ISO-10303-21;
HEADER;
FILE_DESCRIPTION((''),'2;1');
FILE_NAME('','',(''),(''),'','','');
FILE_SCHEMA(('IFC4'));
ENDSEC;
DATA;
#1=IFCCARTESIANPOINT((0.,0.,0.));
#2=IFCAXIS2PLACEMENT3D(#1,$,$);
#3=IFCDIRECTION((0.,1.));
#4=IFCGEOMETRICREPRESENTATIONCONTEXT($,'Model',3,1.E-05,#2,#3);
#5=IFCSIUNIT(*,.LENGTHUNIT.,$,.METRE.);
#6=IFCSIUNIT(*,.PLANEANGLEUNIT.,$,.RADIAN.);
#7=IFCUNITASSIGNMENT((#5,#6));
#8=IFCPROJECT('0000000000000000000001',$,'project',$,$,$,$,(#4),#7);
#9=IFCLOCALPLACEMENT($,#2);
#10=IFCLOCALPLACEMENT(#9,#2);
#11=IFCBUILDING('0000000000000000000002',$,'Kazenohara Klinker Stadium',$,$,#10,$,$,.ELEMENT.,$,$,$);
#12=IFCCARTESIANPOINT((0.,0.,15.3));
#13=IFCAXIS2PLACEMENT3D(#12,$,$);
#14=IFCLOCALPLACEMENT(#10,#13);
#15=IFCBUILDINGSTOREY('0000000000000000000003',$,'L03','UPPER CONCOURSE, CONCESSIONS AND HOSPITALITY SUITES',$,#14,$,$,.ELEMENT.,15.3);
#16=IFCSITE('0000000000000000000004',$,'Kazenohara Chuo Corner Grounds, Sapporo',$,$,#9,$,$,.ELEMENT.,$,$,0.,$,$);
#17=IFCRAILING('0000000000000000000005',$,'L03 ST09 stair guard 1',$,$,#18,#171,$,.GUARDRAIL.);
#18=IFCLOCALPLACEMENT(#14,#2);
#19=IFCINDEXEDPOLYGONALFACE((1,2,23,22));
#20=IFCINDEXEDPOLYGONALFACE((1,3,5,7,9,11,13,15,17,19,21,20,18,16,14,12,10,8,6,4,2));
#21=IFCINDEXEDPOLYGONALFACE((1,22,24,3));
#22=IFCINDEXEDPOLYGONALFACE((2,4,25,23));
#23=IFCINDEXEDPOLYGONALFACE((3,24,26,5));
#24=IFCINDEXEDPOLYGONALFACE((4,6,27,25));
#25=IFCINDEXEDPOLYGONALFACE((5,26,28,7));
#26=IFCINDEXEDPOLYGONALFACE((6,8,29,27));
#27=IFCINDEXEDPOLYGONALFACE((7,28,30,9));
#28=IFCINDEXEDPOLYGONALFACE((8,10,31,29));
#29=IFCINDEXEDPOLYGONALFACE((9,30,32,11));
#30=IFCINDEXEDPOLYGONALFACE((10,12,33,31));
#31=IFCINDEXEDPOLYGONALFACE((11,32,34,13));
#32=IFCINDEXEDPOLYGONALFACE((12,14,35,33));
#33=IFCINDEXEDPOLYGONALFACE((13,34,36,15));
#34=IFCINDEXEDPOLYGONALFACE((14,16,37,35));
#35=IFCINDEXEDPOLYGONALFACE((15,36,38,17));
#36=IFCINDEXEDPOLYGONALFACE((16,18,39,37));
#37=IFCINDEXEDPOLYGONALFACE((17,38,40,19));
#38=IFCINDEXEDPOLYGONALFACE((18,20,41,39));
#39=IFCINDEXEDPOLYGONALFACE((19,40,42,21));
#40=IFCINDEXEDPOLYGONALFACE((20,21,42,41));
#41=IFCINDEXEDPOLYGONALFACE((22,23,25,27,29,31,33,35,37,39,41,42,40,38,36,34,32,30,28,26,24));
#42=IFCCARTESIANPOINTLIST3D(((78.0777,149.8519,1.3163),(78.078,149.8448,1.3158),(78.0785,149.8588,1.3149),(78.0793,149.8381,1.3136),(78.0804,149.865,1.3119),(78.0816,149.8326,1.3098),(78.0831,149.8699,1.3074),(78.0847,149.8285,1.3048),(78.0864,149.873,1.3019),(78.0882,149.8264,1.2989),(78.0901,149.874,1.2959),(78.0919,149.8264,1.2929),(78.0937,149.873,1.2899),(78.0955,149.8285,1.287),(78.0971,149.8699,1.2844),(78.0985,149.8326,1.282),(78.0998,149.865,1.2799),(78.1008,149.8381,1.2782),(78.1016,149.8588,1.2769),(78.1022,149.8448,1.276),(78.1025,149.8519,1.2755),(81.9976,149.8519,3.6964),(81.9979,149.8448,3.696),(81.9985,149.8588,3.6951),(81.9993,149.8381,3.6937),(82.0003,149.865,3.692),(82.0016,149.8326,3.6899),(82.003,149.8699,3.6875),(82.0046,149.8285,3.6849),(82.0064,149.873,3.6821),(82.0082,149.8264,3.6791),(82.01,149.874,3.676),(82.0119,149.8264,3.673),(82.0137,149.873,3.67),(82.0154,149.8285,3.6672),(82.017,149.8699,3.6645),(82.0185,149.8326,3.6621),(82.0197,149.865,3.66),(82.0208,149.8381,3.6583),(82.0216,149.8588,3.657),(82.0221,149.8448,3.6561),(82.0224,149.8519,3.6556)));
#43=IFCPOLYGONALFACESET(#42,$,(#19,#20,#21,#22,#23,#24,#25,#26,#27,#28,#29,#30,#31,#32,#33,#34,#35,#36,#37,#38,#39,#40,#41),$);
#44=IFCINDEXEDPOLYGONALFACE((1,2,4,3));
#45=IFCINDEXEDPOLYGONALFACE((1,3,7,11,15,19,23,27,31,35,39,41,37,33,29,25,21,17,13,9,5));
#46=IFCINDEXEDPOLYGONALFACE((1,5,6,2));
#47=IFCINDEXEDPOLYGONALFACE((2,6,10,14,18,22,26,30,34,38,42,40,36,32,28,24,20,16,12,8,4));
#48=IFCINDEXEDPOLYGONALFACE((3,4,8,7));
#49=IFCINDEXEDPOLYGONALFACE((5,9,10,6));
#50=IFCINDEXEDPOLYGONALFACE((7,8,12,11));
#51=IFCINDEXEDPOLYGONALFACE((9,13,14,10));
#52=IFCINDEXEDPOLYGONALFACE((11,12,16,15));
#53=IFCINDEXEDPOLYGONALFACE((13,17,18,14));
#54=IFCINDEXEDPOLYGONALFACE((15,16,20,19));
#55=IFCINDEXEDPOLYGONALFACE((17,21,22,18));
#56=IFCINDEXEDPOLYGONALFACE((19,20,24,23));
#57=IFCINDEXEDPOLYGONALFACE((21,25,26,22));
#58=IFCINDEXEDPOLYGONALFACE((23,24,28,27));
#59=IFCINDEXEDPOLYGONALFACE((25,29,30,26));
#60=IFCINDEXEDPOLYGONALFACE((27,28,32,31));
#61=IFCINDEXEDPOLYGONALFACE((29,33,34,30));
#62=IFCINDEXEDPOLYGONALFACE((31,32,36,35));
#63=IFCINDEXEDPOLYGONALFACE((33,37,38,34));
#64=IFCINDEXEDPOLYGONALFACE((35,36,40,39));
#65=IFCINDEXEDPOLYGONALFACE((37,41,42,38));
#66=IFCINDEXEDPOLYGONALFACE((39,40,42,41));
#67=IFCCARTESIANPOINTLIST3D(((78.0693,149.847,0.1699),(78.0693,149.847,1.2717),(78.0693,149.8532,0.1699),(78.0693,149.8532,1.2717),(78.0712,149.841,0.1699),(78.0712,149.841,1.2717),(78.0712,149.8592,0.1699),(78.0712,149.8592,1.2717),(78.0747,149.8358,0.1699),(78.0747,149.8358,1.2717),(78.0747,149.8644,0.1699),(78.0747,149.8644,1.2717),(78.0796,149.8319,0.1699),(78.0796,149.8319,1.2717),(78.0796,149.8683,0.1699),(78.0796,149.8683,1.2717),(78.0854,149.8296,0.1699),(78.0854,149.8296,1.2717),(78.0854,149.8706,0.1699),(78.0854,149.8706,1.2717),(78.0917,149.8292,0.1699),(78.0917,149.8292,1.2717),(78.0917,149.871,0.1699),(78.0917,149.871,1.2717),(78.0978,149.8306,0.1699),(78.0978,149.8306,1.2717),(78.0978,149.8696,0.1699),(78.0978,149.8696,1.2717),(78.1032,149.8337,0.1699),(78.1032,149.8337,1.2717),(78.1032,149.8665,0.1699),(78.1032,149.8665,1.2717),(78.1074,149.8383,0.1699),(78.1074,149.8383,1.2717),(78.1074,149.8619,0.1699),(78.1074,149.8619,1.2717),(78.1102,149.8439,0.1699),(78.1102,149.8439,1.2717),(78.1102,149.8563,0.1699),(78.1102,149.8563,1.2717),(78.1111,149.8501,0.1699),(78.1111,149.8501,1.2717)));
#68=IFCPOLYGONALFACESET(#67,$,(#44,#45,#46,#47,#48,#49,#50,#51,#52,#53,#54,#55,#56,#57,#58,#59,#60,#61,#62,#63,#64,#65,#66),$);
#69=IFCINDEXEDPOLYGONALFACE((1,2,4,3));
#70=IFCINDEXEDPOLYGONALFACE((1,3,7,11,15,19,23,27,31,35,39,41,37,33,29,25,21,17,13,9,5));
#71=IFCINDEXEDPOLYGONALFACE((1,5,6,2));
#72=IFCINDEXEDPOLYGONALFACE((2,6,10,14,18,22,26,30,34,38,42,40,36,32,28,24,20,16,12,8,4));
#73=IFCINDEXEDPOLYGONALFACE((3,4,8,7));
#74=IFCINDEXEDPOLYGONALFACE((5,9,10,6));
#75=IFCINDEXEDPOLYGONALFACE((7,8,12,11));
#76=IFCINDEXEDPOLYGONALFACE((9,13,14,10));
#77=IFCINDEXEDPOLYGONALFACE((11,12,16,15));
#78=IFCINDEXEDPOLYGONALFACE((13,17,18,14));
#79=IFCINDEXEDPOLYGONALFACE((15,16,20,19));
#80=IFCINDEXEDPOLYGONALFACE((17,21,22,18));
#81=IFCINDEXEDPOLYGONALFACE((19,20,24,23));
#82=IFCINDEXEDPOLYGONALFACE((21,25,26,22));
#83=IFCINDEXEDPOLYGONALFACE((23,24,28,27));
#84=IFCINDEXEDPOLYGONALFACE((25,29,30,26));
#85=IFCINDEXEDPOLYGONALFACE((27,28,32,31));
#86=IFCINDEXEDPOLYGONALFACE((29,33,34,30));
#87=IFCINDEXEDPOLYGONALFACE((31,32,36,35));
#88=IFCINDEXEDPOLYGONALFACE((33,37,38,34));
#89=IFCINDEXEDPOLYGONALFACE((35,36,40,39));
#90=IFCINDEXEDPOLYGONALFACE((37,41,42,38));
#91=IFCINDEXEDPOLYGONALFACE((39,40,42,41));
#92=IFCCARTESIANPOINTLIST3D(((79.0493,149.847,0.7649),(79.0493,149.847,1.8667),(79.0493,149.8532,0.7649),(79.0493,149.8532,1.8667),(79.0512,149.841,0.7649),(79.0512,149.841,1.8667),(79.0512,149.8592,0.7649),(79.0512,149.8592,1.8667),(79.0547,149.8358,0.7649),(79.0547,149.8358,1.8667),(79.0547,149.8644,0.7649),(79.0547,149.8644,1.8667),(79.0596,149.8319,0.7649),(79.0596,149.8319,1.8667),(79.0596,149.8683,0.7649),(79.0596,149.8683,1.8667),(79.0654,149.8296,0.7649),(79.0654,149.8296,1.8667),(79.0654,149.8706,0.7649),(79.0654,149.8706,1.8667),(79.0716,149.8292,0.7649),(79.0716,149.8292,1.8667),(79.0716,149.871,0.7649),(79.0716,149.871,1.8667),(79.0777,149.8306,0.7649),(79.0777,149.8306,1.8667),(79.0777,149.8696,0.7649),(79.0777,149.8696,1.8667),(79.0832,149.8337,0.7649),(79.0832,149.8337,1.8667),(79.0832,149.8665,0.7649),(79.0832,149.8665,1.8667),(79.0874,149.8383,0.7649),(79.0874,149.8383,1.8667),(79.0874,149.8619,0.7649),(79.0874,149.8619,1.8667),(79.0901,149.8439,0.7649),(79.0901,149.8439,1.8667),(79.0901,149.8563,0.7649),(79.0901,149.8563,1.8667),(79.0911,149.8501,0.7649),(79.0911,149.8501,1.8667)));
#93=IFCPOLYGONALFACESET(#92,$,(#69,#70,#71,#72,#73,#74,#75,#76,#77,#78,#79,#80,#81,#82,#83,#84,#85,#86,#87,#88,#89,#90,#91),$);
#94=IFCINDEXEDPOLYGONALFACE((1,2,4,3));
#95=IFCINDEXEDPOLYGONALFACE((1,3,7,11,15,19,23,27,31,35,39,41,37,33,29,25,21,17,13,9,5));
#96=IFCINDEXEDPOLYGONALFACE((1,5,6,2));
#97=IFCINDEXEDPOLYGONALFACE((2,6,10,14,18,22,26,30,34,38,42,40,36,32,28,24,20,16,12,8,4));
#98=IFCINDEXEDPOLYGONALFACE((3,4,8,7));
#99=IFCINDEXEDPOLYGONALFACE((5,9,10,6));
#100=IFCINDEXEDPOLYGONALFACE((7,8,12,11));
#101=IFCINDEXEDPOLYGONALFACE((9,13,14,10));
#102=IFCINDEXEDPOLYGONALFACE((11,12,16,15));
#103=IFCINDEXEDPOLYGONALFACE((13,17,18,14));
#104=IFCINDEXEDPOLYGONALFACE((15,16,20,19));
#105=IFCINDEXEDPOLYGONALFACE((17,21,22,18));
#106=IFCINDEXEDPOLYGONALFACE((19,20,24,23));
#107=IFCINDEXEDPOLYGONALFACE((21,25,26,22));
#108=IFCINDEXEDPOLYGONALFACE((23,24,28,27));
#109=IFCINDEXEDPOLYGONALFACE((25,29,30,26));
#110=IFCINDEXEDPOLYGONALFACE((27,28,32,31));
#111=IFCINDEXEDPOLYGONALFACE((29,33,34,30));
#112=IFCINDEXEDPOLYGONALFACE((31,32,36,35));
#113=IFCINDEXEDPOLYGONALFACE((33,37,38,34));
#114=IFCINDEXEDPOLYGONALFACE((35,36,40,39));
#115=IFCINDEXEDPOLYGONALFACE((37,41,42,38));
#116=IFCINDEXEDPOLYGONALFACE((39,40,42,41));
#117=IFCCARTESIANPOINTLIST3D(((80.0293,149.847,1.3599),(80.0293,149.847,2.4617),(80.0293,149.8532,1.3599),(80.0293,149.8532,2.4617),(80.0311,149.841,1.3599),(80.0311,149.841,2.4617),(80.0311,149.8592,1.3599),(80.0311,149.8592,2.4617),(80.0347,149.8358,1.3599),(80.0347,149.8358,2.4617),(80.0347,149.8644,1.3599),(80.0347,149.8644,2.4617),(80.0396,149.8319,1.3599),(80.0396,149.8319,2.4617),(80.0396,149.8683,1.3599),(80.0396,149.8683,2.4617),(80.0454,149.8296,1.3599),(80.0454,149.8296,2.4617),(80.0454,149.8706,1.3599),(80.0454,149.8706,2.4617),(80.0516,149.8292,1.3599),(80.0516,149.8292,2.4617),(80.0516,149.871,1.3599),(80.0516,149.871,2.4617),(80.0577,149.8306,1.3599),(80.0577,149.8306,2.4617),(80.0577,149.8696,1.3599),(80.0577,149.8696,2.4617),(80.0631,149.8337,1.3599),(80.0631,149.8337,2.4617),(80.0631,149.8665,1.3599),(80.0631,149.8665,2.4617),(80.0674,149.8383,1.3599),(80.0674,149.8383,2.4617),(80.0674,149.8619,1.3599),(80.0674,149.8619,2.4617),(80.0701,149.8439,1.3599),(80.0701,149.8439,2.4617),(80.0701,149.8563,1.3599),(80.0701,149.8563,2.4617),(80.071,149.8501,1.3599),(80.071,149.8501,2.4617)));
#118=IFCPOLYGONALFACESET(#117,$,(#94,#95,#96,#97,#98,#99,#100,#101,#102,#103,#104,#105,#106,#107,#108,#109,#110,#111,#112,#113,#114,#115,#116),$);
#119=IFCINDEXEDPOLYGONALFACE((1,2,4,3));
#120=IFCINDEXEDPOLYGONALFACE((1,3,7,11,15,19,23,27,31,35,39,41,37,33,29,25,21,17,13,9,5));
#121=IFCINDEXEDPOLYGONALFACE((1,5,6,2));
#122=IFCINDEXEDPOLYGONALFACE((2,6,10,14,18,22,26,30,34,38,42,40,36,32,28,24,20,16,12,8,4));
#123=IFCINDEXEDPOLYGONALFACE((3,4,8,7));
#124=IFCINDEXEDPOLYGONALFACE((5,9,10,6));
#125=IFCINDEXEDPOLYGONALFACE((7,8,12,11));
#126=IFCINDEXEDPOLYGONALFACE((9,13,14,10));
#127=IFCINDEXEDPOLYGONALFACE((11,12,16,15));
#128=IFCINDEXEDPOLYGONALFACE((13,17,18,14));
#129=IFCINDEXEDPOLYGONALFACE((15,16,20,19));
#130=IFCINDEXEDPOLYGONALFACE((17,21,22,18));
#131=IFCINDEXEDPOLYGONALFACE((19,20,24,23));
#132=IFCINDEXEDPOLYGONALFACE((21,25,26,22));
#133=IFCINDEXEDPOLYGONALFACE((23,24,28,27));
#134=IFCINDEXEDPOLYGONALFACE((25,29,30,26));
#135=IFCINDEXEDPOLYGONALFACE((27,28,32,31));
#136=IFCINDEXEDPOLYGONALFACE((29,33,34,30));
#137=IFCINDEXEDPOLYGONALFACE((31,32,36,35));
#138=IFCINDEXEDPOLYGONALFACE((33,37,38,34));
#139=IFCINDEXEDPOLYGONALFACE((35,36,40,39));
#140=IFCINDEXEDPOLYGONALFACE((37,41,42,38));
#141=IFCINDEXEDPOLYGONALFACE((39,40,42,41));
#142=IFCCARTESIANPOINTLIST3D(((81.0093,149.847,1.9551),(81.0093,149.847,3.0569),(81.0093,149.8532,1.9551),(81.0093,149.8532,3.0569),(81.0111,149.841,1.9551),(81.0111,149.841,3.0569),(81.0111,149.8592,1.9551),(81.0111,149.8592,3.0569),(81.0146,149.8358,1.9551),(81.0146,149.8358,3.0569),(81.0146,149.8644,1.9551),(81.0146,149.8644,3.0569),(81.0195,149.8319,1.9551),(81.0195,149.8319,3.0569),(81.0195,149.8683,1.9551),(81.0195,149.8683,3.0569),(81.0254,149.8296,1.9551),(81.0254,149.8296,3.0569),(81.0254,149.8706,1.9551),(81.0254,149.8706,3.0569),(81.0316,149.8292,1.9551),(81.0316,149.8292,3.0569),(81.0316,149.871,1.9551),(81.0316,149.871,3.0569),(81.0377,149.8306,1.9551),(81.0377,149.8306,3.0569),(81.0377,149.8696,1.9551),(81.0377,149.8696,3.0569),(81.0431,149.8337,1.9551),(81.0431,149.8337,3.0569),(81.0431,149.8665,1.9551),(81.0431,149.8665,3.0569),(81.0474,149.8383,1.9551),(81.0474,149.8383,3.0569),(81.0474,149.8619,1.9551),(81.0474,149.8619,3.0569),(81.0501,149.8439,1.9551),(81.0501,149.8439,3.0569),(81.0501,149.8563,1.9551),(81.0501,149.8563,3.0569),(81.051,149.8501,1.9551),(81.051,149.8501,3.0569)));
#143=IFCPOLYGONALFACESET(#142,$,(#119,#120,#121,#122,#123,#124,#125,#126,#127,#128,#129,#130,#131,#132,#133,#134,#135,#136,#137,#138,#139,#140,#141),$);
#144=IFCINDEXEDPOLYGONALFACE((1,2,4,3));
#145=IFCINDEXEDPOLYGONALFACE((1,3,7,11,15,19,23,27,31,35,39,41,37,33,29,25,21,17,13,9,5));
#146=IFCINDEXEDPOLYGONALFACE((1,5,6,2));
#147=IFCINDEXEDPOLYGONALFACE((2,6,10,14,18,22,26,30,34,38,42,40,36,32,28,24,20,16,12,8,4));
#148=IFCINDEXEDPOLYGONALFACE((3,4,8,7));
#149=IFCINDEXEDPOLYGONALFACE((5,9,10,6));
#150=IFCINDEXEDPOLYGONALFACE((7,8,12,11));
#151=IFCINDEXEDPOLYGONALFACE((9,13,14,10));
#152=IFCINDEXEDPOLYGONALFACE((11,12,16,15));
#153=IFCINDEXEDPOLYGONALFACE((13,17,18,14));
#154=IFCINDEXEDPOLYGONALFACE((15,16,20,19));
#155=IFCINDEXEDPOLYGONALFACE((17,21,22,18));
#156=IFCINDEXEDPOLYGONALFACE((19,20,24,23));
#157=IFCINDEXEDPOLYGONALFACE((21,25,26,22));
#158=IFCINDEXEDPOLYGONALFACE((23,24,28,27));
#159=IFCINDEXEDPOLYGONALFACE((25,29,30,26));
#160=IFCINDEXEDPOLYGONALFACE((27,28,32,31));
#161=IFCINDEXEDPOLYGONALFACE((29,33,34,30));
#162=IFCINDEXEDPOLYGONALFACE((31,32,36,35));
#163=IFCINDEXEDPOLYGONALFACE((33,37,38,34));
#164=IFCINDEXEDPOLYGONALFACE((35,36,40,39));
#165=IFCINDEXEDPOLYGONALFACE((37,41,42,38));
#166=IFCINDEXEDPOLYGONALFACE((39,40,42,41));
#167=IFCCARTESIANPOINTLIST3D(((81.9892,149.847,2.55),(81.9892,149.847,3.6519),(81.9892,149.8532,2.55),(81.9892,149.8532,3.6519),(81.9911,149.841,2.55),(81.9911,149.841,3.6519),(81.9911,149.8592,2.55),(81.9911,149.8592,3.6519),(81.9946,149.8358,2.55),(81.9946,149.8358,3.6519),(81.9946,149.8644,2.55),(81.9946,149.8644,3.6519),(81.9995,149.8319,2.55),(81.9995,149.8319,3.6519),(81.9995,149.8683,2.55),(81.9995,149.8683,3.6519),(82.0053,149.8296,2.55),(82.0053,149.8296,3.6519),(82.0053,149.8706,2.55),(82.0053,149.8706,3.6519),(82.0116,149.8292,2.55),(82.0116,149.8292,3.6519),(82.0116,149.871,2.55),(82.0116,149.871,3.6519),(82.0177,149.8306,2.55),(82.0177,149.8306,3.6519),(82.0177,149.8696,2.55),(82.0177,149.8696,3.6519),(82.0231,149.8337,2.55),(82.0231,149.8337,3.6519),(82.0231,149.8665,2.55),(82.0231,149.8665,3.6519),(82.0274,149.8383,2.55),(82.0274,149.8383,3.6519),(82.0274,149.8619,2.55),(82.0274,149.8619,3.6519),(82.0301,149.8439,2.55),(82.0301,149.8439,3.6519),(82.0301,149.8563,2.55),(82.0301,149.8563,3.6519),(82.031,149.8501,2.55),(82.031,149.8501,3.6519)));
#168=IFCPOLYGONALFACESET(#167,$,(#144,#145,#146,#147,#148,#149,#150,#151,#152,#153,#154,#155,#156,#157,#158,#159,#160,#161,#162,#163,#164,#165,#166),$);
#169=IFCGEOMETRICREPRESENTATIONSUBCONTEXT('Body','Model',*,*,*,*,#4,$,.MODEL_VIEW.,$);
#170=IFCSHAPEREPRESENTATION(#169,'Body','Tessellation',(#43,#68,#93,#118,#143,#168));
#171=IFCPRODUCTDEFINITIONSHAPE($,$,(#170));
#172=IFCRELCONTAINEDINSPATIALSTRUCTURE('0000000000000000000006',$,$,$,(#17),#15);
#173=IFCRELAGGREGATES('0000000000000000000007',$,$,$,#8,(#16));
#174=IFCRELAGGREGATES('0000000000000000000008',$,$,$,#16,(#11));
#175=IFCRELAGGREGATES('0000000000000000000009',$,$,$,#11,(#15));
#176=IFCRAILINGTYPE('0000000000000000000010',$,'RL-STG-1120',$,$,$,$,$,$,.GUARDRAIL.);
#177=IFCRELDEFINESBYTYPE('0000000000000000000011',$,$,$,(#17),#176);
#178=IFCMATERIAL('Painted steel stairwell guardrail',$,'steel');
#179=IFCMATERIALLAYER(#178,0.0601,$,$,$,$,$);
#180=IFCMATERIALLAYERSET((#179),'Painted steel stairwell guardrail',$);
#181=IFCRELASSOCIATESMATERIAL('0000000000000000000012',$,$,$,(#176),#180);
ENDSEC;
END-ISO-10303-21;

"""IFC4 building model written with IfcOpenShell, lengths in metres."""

from ifc_helpers import new_model, si_unit, direction, frame, origin, origin_2d, place, context, subcontext, project, spatial, circle, extrude, material, layer, layer_set, type_object, element, save


model = new_model("IFC4")

# Units and contexts
model_context = context("Model", 3, precision=1e-05, world=origin(), true_north=direction((0.0, 1.0)))
body_context = subcontext(model_context, "Body", "Model", "MODEL_VIEW")
ifc_project = project(units=[si_unit("LENGTHUNIT", "METRE"), si_unit("PLANEANGLEUNIT", "RADIAN")], contexts=[model_context])

# Site, building, storey
site_placement = place(None, origin())
site = spatial("IfcSite", under=ifc_project, at=site_placement, Name="Kazenohara Chuo Corner Grounds, Sapporo", CompositionType="ELEMENT", RefElevation=0.0)
building_placement = place(site_placement, origin())
building = spatial("IfcBuilding", under=site, at=building_placement, Name="Kazenohara Klinker Stadium", CompositionType="ELEMENT")
storey_placement = place(building_placement, frame((0.0, 0.0, 15.3)))
storey = spatial("IfcBuildingStorey", under=building, at=storey_placement, Name="L03", Description="UPPER CONCOURSE, CONCESSIONS AND HOSPITALITY SUITES", CompositionType="ELEMENT", Elevation=15.3)

# Railing
ifc_material_1 = material(Name="Painted steel stairwell guardrail", Category="steel")
ifc_layer_1 = layer(ifc_material_1, 0.0601)
ifc_layer_set_1 = layer_set([ifc_layer_1], Name="Painted steel stairwell guardrail")
railing_type_1 = type_object("IfcRailingType", Name="RL-STG-1120", PredefinedType="GUARDRAIL", material=ifc_layer_set_1)
railing_1_placement = place(storey_placement, frame((78.0901, 149.8501, 0.1699)))
element("IfcRailing", 1, at=railing_1_placement, inside=storey, type_object=railing_type_1, Name="L03 ST09 stair guard 1", PredefinedType="GUARDRAIL", context=body_context, shape_type="SweptSolid", body=[
    extrude(circle(Radius=0.0239, at=origin_2d()), frame((0.0, 0.0, 1.126), z_axis=(0.854771, 0.0, 0.519006), x_axis=(0.0, 1.0, 0.0)), (0.0, 0.0, 1.0), 4.5859),
    extrude(circle(Radius=0.021, at=origin_2d()), origin(), (0.0, 0.0, 1.0), 1.1018),
    extrude(circle(Radius=0.021, at=origin_2d()), frame((0.98, 0.0, 0.595)), (0.0, 0.0, 1.0), 1.1018),
    extrude(circle(Radius=0.021, at=origin_2d()), frame((1.96, 0.0, 1.1899)), (0.0, 0.0, 1.0), 1.1018),
    extrude(circle(Radius=0.021, at=origin_2d()), frame((2.9399, 0.0, 1.7852)), (0.0, 0.0, 1.0), 1.1018),
    extrude(circle(Radius=0.021, at=origin_2d()), frame((3.9199, 0.0, 2.3801)), (0.0, 0.0, 1.0), 1.1018),
])

save(model, "model.ifc")
